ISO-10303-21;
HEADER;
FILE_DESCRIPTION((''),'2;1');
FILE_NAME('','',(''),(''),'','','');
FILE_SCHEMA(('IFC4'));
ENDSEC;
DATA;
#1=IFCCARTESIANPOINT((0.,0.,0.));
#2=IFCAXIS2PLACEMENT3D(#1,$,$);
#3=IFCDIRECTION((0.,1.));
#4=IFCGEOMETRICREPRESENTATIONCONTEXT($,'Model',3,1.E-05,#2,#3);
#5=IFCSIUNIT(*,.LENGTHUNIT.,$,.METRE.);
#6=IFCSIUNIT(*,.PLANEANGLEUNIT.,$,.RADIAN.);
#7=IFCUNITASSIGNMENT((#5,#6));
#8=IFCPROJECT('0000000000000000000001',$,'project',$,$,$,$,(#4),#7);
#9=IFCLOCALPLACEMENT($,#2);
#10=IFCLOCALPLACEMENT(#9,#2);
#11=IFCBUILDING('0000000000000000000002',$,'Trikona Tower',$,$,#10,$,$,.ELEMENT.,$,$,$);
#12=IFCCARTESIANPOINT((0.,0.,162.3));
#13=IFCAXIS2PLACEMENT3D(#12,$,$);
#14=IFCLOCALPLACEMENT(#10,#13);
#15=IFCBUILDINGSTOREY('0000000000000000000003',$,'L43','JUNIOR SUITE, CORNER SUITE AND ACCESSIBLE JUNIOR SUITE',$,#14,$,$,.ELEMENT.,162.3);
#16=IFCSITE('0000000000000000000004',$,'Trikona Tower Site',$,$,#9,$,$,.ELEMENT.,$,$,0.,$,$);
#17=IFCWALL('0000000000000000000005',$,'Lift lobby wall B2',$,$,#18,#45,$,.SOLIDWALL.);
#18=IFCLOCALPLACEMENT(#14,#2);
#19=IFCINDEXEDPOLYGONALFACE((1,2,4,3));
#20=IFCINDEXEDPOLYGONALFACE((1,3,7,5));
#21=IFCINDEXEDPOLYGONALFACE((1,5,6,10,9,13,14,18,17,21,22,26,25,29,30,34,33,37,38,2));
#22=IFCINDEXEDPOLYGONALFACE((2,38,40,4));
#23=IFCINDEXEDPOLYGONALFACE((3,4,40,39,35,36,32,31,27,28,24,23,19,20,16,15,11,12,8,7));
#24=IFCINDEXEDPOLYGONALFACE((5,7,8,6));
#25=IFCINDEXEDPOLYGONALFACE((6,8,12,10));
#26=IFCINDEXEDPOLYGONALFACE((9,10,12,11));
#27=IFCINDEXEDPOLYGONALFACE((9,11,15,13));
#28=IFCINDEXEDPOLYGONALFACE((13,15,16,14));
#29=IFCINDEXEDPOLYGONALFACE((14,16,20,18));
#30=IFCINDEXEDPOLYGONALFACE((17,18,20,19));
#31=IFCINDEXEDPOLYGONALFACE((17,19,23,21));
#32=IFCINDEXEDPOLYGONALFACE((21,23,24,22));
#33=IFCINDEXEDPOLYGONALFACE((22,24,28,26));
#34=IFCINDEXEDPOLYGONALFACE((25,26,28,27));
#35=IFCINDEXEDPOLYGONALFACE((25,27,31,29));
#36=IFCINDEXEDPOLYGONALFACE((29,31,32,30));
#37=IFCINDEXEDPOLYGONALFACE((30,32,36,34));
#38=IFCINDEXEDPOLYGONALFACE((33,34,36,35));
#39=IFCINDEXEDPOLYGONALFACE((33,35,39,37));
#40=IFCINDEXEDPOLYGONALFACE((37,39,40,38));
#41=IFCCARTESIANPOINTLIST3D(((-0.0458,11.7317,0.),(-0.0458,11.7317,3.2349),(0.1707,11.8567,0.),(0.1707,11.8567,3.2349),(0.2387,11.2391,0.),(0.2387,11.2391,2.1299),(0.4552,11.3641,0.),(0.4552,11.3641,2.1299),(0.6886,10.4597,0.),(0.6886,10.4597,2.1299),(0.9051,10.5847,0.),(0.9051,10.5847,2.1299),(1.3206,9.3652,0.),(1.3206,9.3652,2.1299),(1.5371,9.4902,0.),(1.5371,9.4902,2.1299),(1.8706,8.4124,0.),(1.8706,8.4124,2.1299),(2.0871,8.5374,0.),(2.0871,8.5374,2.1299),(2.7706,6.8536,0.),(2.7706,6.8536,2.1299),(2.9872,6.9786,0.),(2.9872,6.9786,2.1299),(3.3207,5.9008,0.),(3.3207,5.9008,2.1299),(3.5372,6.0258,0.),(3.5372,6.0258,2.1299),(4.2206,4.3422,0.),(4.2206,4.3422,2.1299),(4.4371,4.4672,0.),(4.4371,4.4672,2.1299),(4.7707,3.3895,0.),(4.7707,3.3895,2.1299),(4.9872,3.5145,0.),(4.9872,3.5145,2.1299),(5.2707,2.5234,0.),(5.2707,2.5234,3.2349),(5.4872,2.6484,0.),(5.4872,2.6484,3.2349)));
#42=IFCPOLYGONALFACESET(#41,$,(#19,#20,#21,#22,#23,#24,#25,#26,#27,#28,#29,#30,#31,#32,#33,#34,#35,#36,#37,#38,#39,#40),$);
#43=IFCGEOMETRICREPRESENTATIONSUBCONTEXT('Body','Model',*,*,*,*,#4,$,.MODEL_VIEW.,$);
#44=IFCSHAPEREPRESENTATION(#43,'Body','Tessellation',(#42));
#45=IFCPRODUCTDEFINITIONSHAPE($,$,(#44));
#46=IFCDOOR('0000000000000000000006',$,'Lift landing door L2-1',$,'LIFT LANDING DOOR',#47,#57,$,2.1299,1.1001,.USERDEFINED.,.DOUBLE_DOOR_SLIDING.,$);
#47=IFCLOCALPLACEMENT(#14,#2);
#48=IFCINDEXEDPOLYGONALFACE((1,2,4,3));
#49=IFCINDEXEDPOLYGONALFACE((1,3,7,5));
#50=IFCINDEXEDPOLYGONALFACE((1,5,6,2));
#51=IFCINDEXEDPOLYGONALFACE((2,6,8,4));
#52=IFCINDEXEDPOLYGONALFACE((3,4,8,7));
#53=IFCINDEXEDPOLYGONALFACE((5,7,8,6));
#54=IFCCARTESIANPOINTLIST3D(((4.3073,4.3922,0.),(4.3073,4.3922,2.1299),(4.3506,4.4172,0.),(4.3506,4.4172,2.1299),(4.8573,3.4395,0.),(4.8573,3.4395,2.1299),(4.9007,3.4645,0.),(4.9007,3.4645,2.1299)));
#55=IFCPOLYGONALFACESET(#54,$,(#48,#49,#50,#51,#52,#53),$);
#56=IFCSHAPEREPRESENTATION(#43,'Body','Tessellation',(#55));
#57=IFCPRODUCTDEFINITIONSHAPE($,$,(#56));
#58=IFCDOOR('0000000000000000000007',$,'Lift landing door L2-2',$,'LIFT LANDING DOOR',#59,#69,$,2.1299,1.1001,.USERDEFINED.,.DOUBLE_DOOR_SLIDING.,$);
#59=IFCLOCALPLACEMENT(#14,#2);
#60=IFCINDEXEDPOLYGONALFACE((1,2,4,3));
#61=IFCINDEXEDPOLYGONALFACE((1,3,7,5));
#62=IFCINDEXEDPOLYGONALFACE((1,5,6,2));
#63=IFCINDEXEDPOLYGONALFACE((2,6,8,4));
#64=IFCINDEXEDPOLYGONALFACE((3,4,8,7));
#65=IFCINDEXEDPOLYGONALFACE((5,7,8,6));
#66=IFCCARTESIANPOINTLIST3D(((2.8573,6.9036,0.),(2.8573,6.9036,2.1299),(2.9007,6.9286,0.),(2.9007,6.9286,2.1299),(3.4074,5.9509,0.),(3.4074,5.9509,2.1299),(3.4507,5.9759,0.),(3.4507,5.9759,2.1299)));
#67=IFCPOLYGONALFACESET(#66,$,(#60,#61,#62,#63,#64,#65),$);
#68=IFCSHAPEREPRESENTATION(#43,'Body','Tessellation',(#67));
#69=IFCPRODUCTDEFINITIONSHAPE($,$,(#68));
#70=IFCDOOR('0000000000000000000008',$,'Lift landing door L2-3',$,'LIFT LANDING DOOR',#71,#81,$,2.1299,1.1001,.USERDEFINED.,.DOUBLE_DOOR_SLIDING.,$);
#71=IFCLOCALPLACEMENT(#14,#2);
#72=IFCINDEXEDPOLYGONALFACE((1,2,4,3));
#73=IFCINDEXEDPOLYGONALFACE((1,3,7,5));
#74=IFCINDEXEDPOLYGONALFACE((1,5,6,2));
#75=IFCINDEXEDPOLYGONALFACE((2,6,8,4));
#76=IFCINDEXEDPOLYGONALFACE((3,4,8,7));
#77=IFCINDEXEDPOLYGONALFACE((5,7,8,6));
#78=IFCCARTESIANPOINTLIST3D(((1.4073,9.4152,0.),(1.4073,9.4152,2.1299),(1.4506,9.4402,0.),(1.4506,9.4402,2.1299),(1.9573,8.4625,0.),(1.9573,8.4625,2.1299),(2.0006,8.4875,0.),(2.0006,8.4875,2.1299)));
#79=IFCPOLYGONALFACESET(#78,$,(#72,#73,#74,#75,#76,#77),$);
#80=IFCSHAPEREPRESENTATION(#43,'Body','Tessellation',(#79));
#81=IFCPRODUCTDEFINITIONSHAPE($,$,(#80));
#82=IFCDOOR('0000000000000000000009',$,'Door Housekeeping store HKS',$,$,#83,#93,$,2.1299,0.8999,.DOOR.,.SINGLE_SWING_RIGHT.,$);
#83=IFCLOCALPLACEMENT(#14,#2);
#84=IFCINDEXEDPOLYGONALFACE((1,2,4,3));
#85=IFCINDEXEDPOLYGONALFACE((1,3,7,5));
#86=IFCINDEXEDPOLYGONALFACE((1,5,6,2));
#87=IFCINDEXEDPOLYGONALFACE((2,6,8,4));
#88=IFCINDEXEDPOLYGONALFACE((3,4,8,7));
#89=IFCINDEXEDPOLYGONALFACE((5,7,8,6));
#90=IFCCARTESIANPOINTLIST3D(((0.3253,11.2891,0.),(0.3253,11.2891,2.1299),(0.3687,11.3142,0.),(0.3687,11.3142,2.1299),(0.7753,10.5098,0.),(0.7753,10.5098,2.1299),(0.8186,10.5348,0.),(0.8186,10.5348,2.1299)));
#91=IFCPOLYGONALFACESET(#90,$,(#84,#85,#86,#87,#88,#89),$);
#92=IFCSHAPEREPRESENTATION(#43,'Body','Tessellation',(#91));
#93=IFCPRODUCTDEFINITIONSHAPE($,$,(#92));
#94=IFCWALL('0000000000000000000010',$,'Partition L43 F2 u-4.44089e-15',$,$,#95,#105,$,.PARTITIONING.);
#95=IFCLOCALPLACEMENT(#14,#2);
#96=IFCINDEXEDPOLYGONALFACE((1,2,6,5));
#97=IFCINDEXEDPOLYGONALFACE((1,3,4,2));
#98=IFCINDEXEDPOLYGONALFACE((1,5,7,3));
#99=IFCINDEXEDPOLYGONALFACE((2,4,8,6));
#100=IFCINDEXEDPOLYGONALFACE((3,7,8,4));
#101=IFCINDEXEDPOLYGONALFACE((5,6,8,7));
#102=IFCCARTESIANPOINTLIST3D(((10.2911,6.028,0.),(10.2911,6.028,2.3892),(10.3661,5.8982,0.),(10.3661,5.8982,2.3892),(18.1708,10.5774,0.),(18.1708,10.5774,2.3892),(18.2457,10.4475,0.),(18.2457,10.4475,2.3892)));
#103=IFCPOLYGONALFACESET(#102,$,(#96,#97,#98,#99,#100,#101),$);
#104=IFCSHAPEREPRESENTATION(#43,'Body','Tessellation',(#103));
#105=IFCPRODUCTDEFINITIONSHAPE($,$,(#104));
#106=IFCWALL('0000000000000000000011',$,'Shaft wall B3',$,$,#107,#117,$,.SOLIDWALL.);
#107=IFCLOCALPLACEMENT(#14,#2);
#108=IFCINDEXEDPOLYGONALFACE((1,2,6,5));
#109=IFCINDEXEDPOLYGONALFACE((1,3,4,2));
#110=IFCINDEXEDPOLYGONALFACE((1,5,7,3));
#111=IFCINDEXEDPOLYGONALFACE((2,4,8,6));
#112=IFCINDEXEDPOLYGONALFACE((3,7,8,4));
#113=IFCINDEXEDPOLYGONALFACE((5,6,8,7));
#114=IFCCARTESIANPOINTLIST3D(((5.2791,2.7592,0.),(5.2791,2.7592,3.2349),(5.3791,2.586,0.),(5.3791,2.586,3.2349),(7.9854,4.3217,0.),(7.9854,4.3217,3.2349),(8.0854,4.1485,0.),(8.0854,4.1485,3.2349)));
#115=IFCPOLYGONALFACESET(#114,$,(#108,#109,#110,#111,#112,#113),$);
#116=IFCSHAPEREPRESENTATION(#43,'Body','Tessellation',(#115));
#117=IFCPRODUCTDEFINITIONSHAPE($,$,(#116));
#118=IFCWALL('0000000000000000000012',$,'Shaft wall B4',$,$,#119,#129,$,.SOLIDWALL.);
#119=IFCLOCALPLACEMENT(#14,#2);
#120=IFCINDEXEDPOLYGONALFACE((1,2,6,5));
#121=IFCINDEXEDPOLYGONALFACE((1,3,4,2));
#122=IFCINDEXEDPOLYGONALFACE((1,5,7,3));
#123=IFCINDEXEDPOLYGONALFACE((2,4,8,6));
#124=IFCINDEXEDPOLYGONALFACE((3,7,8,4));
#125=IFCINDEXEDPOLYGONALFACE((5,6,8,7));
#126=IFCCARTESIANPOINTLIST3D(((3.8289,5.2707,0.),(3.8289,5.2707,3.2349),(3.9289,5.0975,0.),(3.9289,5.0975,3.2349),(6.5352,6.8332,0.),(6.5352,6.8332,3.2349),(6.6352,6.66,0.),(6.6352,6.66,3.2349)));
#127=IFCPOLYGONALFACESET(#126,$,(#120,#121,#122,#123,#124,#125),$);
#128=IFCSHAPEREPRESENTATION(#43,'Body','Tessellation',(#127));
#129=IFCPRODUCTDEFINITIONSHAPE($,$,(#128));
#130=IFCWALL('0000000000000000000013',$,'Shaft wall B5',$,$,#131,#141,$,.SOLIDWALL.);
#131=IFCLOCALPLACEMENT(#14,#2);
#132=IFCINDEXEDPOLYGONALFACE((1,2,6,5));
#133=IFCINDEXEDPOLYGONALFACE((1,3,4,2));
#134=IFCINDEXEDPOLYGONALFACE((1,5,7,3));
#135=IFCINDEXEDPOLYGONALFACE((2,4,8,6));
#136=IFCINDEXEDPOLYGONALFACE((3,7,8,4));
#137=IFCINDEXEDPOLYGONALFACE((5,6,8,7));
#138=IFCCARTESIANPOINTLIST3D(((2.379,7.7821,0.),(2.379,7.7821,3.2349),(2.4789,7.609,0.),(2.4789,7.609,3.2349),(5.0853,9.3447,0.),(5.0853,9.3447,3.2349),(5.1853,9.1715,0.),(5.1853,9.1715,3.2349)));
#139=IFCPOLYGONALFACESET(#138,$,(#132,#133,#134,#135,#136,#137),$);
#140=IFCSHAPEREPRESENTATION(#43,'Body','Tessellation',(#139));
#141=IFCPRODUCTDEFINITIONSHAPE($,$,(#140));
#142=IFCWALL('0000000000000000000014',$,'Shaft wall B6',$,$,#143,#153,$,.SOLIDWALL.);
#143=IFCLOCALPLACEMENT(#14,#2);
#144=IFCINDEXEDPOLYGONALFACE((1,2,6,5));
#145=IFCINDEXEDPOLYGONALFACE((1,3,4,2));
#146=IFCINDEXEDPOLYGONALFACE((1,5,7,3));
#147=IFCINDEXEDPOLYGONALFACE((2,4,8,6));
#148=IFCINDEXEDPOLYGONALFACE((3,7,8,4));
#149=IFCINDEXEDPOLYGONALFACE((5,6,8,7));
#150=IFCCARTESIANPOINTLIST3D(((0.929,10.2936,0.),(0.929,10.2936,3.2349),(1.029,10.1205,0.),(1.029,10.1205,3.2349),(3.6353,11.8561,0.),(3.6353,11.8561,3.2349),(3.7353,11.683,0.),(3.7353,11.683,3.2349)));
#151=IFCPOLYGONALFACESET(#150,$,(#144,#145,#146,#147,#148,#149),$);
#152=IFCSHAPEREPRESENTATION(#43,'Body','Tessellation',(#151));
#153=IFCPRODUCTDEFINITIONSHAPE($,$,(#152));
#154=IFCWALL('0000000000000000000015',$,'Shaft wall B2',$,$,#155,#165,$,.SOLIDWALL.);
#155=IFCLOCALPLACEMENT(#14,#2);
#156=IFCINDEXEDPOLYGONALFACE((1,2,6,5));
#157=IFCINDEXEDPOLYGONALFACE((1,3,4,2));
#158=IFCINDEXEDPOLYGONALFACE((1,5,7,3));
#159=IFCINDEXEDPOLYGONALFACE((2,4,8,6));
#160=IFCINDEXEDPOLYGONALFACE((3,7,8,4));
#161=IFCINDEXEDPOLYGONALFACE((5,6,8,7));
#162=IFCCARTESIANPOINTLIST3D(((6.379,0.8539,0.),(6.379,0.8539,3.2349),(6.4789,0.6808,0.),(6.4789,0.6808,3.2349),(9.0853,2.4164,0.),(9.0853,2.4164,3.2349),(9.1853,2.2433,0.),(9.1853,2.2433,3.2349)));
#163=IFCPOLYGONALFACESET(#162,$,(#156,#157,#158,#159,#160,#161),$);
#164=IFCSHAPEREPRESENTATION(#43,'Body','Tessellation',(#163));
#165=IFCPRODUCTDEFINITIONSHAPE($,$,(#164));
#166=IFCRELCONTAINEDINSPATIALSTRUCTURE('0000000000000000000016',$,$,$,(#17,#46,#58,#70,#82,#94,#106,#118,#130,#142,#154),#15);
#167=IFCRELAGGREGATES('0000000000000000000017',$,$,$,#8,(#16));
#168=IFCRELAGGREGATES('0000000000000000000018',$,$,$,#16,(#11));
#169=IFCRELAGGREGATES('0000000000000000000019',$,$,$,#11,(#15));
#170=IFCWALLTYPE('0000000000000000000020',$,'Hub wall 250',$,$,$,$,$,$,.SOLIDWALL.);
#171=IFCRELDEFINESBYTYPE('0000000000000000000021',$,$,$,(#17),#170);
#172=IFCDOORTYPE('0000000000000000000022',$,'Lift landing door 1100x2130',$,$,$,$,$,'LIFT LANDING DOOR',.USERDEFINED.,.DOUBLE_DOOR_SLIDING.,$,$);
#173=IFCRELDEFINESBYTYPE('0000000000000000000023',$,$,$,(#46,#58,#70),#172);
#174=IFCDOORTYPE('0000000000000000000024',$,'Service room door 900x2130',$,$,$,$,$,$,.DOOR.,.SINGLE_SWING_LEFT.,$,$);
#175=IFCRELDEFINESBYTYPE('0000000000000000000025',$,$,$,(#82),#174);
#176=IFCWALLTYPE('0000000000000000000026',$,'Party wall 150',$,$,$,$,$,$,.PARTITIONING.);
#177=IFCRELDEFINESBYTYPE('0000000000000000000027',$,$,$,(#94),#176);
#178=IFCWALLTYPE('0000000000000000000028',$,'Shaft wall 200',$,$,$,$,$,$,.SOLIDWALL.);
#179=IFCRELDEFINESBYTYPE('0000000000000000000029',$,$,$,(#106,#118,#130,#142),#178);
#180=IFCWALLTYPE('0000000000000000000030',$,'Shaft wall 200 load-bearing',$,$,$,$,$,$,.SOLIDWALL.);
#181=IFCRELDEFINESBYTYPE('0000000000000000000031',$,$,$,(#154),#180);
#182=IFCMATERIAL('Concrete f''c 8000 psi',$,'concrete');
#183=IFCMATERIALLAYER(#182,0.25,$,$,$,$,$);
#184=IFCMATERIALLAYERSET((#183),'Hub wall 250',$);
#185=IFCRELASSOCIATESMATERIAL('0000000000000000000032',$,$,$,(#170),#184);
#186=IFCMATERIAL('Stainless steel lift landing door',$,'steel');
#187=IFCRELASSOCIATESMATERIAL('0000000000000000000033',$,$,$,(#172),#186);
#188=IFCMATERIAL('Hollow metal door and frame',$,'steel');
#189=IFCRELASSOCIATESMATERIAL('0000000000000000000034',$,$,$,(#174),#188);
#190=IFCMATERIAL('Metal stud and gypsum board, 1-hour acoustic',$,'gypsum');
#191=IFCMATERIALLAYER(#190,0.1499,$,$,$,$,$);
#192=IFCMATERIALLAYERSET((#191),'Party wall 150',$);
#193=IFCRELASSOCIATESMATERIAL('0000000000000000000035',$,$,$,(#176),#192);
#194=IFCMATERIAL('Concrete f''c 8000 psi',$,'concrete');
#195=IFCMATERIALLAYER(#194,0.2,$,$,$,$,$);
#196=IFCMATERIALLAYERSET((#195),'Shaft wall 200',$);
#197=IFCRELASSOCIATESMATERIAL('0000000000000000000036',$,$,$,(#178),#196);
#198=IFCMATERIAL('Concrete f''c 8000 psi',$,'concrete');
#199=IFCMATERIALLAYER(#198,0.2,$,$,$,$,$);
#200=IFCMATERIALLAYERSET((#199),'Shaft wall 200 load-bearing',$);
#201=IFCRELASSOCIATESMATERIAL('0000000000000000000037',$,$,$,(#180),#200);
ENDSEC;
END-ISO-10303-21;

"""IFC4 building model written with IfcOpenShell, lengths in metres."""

from ifc_helpers import new_model, si_unit, direction, frame, frame_2d, origin, place, context, subcontext, project, spatial, rectangle, extrude, material, layer, layer_set, type_object, element, fill, save


model = new_model("IFC4")

# Units and contexts
model_context = context("Model", 3, precision=1e-05, world=origin(), true_north=direction((0.0, 1.0)))
body_context = subcontext(model_context, "Body", "Model", "MODEL_VIEW")
ifc_project = project(units=[si_unit("LENGTHUNIT", "METRE"), si_unit("PLANEANGLEUNIT", "RADIAN")], contexts=[model_context])

# Site, building, storey
site_placement = place(None, origin())
site = spatial("IfcSite", under=ifc_project, at=site_placement, Name="Trikona Tower Site", CompositionType="ELEMENT", RefElevation=0.0)
building_placement = place(site_placement, origin())
building = spatial("IfcBuilding", under=site, at=building_placement, Name="Trikona Tower", CompositionType="ELEMENT")
storey_placement = place(building_placement, frame((0.0, 0.0, 162.3)))
storey = spatial("IfcBuildingStorey", under=building, at=storey_placement, Name="L43", Description="JUNIOR SUITE, CORNER SUITE AND ACCESSIBLE JUNIOR SUITE", CompositionType="ELEMENT", Elevation=162.3)

# Wall, openings, doors
ifc_material_1 = material(Name="Concrete f'c 8000 psi", Category="concrete")
ifc_layer_1 = layer(ifc_material_1, 0.25)
ifc_layer_set_1 = layer_set([ifc_layer_1], Name="Hub wall 250")
wall_type_1 = type_object("IfcWallType", Name="Hub wall 250", PredefinedType="SOLIDWALL", material=ifc_layer_set_1)
wall_1_placement = place(storey_placement, frame((5.3789, 2.5859, 0.0), z_axis=(0.0, 0.0, 1.0), x_axis=(-0.500001, 0.866025, 0.0)))
wall_1 = element("IfcWall", 1, at=wall_1_placement, inside=storey, type_object=wall_type_1, Name="Lift lobby wall B2", PredefinedType="SOLIDWALL", context=body_context, shape_type="SweptSolid", body=[
    extrude(rectangle(XDim=10.6328, YDim=0.25, at=frame_2d((5.3164, 0.0))), origin(), (0.0, 0.0, 1.0), 3.2349),
])
opening_1_placement = place(wall_1_placement, frame((9.1641, 0.0, 0.0)))
opening_1 = element("IfcOpeningElement", 2, at=opening_1_placement, cuts=wall_1, PredefinedType="OPENING", context=body_context, shape_type="SweptSolid", body=[
    extrude(rectangle(XDim=0.8999, YDim=2.1299, at=frame_2d((0.45, 1.0649))), frame((0.0, 0.135, 0.0), z_axis=(0.0, -1.0, 0.0), x_axis=(1.0, 0.0, 0.0)), (0.0, 0.0, 1.0), 0.27),
])
opening_2_placement = place(wall_1_placement, frame((1.0, 0.0, 0.0)))
opening_2 = element("IfcOpeningElement", 3, at=opening_2_placement, cuts=wall_1, PredefinedType="OPENING", context=body_context, shape_type="SweptSolid", body=[
    extrude(rectangle(XDim=1.1001, YDim=2.1299, at=frame_2d((0.55, 1.0649))), frame((0.0, 0.135, 0.0), z_axis=(0.0, -1.0, 0.0), x_axis=(1.0, 0.0, 0.0)), (0.0, 0.0, 1.0), 0.27),
])
opening_3_placement = place(wall_1_placement, frame((3.8999, 0.0, 0.0)))
opening_3 = element("IfcOpeningElement", 4, at=opening_3_placement, cuts=wall_1, PredefinedType="OPENING", context=body_context, shape_type="SweptSolid", body=[
    extrude(rectangle(XDim=1.1001, YDim=2.1299, at=frame_2d((0.55, 1.0649))), frame((0.0, 0.135, 0.0), z_axis=(0.0, -1.0, 0.0), x_axis=(1.0, 0.0, 0.0)), (0.0, 0.0, 1.0), 0.27),
])
opening_4_placement = place(wall_1_placement, frame((6.8, 0.0, 0.0)))
opening_4 = element("IfcOpeningElement", 5, at=opening_4_placement, cuts=wall_1, PredefinedType="OPENING", context=body_context, shape_type="SweptSolid", body=[
    extrude(rectangle(XDim=1.1001, YDim=2.1299, at=frame_2d((0.55, 1.0649))), frame((0.0, 0.135, 0.0), z_axis=(0.0, -1.0, 0.0), x_axis=(1.0, 0.0, 0.0)), (0.0, 0.0, 1.0), 0.27),
])
ifc_material_2 = material(Name="Stainless steel lift landing door", Category="steel")
door_type_1 = type_object("IfcDoorType", Name="Lift landing door 1100x2130", ElementType="LIFT LANDING DOOR", OperationType="DOUBLE_DOOR_SLIDING", PredefinedType="USERDEFINED", material=ifc_material_2)
door_1_placement = place(opening_2_placement, origin())
door_1 = element("IfcDoor", 6, at=door_1_placement, inside=storey, type_object=door_type_1, Name="Lift landing door L2-1", ObjectType="LIFT LANDING DOOR", OperationType="DOUBLE_DOOR_SLIDING", OverallHeight=2.1299, OverallWidth=1.1001, PredefinedType="USERDEFINED", context=body_context, shape_type="SweptSolid", body=[
    extrude(rectangle(XDim=1.1001, YDim=2.1299, at=frame_2d((0.55, 1.0649))), frame((0.0, 0.0249, 0.0), z_axis=(0.0, -1.0, 0.0), x_axis=(1.0, 0.0, 0.0)), (0.0, 0.0, 1.0), 0.05),
])
fill(opening_2, door_1)
door_2_placement = place(opening_3_placement, origin())
door_2 = element("IfcDoor", 7, at=door_2_placement, inside=storey, type_object=door_type_1, Name="Lift landing door L2-2", ObjectType="LIFT LANDING DOOR", OperationType="DOUBLE_DOOR_SLIDING", OverallHeight=2.1299, OverallWidth=1.1001, PredefinedType="USERDEFINED", context=body_context, shape_type="SweptSolid", body=[
    extrude(rectangle(XDim=1.1001, YDim=2.1299, at=frame_2d((0.55, 1.0649))), frame((0.0, 0.0249, 0.0), z_axis=(0.0, -1.0, 0.0), x_axis=(1.0, 0.0, 0.0)), (0.0, 0.0, 1.0), 0.05),
])
fill(opening_3, door_2)
door_3_placement = place(opening_4_placement, origin())
door_3 = element("IfcDoor", 8, at=door_3_placement, inside=storey, type_object=door_type_1, Name="Lift landing door L2-3", ObjectType="LIFT LANDING DOOR", OperationType="DOUBLE_DOOR_SLIDING", OverallHeight=2.1299, OverallWidth=1.1001, PredefinedType="USERDEFINED", context=body_context, shape_type="SweptSolid", body=[
    extrude(rectangle(XDim=1.1001, YDim=2.1299, at=frame_2d((0.55, 1.0649))), frame((0.0, 0.0249, 0.0), z_axis=(0.0, -1.0, 0.0), x_axis=(1.0, 0.0, 0.0)), (0.0, 0.0, 1.0), 0.05),
])
fill(opening_4, door_3)
ifc_material_3 = material(Name="Hollow metal door and frame", Category="steel")
door_type_2 = type_object("IfcDoorType", Name="Service room door 900x2130", OperationType="SINGLE_SWING_LEFT", PredefinedType="DOOR", material=ifc_material_3)
door_4_placement = place(opening_1_placement, origin())
door_4 = element("IfcDoor", 9, at=door_4_placement, inside=storey, type_object=door_type_2, Name="Door Housekeeping store HKS", OperationType="SINGLE_SWING_RIGHT", OverallHeight=2.1299, OverallWidth=0.8999, PredefinedType="DOOR", context=body_context, shape_type="SweptSolid", body=[
    extrude(rectangle(XDim=0.8999, YDim=2.1299, at=frame_2d((0.45, 1.0649))), frame((0.0, 0.0249, 0.0), z_axis=(0.0, -1.0, 0.0), x_axis=(1.0, 0.0, 0.0)), (0.0, 0.0, 1.0), 0.05),
])
fill(opening_1, door_4)

# Walls
ifc_material_4 = material(Name="Metal stud and gypsum board, 1-hour acoustic", Category="gypsum")
ifc_layer_2 = layer(ifc_material_4, 0.1499)
ifc_layer_set_2 = layer_set([ifc_layer_2], Name="Party wall 150")
wall_type_2 = type_object("IfcWallType", Name="Party wall 150", PredefinedType="PARTITIONING", material=ifc_layer_set_2)
wall_2_placement = place(storey_placement, frame((10.3286, 5.9631, 0.0), z_axis=(0.0, 0.0, 1.0), x_axis=(0.866025, 0.5, 0.0)))
element("IfcWall", 10, at=wall_2_placement, inside=storey, type_object=wall_type_2, Name="Partition L43 F2 u-4.44089e-15", PredefinedType="PARTITIONING", context=body_context, shape_type="SweptSolid", body=[
    extrude(rectangle(XDim=9.0986, YDim=0.1499, at=frame_2d((4.5493, 0.0))), origin(), (0.0, 0.0, 1.0), 2.3892),
])
ifc_material_5 = material(Name="Concrete f'c 8000 psi", Category="concrete")
ifc_layer_3 = layer(ifc_material_5, 0.2)
ifc_layer_set_3 = layer_set([ifc_layer_3], Name="Shaft wall 200")
wall_type_3 = type_object("IfcWallType", Name="Shaft wall 200", PredefinedType="SOLIDWALL", material=ifc_layer_set_3)
for number, where, z_axis, x_axis, name in (
    (11, (5.3291, 2.6726, 0.0), (0.0, 0.0, 1.0), (0.866023, 0.500004, 0.0), "Shaft wall B3"),
    (12, (3.8789, 5.1841, 0.0), (0.0, 0.0, 1.0), (0.866023, 0.500004, 0.0), "Shaft wall B4"),
    (13, (2.429, 7.6956, 0.0), (0.0, 0.0, 1.0), (0.866023, 0.500004, 0.0), "Shaft wall B5"),
    (14, (0.979, 10.207, 0.0), (0.0, 0.0, 1.0), (0.866023, 0.500004, 0.0), "Shaft wall B6"),
):
    element("IfcWall", number, at=place(storey_placement, frame(where, z_axis=z_axis, x_axis=x_axis)), inside=storey, type_object=wall_type_3, Name=name, PredefinedType="SOLIDWALL", context=body_context, shape_type="SweptSolid", body=[
        extrude(rectangle(XDim=3.125, YDim=0.2, at=frame_2d((1.5625, 0.0))), origin(), (0.0, 0.0, 1.0), 3.2349),
    ])
ifc_material_6 = material(Name="Concrete f'c 8000 psi", Category="concrete")
ifc_layer_4 = layer(ifc_material_6, 0.2)
ifc_layer_set_4 = layer_set([ifc_layer_4], Name="Shaft wall 200 load-bearing")
wall_type_4 = type_object("IfcWallType", Name="Shaft wall 200 load-bearing", PredefinedType="SOLIDWALL", material=ifc_layer_set_4)
wall_3_placement = place(storey_placement, frame((6.429, 0.7673, 0.0), z_axis=(0.0, 0.0, 1.0), x_axis=(0.866023, 0.500004, 0.0)))
element("IfcWall", 15, at=wall_3_placement, inside=storey, type_object=wall_type_4, Name="Shaft wall B2", PredefinedType="SOLIDWALL", context=body_context, shape_type="SweptSolid", body=[
    extrude(rectangle(XDim=3.125, YDim=0.2, at=frame_2d((1.5625, 0.0))), origin(), (0.0, 0.0, 1.0), 3.2349),
])

save(model, "model.ifc")
